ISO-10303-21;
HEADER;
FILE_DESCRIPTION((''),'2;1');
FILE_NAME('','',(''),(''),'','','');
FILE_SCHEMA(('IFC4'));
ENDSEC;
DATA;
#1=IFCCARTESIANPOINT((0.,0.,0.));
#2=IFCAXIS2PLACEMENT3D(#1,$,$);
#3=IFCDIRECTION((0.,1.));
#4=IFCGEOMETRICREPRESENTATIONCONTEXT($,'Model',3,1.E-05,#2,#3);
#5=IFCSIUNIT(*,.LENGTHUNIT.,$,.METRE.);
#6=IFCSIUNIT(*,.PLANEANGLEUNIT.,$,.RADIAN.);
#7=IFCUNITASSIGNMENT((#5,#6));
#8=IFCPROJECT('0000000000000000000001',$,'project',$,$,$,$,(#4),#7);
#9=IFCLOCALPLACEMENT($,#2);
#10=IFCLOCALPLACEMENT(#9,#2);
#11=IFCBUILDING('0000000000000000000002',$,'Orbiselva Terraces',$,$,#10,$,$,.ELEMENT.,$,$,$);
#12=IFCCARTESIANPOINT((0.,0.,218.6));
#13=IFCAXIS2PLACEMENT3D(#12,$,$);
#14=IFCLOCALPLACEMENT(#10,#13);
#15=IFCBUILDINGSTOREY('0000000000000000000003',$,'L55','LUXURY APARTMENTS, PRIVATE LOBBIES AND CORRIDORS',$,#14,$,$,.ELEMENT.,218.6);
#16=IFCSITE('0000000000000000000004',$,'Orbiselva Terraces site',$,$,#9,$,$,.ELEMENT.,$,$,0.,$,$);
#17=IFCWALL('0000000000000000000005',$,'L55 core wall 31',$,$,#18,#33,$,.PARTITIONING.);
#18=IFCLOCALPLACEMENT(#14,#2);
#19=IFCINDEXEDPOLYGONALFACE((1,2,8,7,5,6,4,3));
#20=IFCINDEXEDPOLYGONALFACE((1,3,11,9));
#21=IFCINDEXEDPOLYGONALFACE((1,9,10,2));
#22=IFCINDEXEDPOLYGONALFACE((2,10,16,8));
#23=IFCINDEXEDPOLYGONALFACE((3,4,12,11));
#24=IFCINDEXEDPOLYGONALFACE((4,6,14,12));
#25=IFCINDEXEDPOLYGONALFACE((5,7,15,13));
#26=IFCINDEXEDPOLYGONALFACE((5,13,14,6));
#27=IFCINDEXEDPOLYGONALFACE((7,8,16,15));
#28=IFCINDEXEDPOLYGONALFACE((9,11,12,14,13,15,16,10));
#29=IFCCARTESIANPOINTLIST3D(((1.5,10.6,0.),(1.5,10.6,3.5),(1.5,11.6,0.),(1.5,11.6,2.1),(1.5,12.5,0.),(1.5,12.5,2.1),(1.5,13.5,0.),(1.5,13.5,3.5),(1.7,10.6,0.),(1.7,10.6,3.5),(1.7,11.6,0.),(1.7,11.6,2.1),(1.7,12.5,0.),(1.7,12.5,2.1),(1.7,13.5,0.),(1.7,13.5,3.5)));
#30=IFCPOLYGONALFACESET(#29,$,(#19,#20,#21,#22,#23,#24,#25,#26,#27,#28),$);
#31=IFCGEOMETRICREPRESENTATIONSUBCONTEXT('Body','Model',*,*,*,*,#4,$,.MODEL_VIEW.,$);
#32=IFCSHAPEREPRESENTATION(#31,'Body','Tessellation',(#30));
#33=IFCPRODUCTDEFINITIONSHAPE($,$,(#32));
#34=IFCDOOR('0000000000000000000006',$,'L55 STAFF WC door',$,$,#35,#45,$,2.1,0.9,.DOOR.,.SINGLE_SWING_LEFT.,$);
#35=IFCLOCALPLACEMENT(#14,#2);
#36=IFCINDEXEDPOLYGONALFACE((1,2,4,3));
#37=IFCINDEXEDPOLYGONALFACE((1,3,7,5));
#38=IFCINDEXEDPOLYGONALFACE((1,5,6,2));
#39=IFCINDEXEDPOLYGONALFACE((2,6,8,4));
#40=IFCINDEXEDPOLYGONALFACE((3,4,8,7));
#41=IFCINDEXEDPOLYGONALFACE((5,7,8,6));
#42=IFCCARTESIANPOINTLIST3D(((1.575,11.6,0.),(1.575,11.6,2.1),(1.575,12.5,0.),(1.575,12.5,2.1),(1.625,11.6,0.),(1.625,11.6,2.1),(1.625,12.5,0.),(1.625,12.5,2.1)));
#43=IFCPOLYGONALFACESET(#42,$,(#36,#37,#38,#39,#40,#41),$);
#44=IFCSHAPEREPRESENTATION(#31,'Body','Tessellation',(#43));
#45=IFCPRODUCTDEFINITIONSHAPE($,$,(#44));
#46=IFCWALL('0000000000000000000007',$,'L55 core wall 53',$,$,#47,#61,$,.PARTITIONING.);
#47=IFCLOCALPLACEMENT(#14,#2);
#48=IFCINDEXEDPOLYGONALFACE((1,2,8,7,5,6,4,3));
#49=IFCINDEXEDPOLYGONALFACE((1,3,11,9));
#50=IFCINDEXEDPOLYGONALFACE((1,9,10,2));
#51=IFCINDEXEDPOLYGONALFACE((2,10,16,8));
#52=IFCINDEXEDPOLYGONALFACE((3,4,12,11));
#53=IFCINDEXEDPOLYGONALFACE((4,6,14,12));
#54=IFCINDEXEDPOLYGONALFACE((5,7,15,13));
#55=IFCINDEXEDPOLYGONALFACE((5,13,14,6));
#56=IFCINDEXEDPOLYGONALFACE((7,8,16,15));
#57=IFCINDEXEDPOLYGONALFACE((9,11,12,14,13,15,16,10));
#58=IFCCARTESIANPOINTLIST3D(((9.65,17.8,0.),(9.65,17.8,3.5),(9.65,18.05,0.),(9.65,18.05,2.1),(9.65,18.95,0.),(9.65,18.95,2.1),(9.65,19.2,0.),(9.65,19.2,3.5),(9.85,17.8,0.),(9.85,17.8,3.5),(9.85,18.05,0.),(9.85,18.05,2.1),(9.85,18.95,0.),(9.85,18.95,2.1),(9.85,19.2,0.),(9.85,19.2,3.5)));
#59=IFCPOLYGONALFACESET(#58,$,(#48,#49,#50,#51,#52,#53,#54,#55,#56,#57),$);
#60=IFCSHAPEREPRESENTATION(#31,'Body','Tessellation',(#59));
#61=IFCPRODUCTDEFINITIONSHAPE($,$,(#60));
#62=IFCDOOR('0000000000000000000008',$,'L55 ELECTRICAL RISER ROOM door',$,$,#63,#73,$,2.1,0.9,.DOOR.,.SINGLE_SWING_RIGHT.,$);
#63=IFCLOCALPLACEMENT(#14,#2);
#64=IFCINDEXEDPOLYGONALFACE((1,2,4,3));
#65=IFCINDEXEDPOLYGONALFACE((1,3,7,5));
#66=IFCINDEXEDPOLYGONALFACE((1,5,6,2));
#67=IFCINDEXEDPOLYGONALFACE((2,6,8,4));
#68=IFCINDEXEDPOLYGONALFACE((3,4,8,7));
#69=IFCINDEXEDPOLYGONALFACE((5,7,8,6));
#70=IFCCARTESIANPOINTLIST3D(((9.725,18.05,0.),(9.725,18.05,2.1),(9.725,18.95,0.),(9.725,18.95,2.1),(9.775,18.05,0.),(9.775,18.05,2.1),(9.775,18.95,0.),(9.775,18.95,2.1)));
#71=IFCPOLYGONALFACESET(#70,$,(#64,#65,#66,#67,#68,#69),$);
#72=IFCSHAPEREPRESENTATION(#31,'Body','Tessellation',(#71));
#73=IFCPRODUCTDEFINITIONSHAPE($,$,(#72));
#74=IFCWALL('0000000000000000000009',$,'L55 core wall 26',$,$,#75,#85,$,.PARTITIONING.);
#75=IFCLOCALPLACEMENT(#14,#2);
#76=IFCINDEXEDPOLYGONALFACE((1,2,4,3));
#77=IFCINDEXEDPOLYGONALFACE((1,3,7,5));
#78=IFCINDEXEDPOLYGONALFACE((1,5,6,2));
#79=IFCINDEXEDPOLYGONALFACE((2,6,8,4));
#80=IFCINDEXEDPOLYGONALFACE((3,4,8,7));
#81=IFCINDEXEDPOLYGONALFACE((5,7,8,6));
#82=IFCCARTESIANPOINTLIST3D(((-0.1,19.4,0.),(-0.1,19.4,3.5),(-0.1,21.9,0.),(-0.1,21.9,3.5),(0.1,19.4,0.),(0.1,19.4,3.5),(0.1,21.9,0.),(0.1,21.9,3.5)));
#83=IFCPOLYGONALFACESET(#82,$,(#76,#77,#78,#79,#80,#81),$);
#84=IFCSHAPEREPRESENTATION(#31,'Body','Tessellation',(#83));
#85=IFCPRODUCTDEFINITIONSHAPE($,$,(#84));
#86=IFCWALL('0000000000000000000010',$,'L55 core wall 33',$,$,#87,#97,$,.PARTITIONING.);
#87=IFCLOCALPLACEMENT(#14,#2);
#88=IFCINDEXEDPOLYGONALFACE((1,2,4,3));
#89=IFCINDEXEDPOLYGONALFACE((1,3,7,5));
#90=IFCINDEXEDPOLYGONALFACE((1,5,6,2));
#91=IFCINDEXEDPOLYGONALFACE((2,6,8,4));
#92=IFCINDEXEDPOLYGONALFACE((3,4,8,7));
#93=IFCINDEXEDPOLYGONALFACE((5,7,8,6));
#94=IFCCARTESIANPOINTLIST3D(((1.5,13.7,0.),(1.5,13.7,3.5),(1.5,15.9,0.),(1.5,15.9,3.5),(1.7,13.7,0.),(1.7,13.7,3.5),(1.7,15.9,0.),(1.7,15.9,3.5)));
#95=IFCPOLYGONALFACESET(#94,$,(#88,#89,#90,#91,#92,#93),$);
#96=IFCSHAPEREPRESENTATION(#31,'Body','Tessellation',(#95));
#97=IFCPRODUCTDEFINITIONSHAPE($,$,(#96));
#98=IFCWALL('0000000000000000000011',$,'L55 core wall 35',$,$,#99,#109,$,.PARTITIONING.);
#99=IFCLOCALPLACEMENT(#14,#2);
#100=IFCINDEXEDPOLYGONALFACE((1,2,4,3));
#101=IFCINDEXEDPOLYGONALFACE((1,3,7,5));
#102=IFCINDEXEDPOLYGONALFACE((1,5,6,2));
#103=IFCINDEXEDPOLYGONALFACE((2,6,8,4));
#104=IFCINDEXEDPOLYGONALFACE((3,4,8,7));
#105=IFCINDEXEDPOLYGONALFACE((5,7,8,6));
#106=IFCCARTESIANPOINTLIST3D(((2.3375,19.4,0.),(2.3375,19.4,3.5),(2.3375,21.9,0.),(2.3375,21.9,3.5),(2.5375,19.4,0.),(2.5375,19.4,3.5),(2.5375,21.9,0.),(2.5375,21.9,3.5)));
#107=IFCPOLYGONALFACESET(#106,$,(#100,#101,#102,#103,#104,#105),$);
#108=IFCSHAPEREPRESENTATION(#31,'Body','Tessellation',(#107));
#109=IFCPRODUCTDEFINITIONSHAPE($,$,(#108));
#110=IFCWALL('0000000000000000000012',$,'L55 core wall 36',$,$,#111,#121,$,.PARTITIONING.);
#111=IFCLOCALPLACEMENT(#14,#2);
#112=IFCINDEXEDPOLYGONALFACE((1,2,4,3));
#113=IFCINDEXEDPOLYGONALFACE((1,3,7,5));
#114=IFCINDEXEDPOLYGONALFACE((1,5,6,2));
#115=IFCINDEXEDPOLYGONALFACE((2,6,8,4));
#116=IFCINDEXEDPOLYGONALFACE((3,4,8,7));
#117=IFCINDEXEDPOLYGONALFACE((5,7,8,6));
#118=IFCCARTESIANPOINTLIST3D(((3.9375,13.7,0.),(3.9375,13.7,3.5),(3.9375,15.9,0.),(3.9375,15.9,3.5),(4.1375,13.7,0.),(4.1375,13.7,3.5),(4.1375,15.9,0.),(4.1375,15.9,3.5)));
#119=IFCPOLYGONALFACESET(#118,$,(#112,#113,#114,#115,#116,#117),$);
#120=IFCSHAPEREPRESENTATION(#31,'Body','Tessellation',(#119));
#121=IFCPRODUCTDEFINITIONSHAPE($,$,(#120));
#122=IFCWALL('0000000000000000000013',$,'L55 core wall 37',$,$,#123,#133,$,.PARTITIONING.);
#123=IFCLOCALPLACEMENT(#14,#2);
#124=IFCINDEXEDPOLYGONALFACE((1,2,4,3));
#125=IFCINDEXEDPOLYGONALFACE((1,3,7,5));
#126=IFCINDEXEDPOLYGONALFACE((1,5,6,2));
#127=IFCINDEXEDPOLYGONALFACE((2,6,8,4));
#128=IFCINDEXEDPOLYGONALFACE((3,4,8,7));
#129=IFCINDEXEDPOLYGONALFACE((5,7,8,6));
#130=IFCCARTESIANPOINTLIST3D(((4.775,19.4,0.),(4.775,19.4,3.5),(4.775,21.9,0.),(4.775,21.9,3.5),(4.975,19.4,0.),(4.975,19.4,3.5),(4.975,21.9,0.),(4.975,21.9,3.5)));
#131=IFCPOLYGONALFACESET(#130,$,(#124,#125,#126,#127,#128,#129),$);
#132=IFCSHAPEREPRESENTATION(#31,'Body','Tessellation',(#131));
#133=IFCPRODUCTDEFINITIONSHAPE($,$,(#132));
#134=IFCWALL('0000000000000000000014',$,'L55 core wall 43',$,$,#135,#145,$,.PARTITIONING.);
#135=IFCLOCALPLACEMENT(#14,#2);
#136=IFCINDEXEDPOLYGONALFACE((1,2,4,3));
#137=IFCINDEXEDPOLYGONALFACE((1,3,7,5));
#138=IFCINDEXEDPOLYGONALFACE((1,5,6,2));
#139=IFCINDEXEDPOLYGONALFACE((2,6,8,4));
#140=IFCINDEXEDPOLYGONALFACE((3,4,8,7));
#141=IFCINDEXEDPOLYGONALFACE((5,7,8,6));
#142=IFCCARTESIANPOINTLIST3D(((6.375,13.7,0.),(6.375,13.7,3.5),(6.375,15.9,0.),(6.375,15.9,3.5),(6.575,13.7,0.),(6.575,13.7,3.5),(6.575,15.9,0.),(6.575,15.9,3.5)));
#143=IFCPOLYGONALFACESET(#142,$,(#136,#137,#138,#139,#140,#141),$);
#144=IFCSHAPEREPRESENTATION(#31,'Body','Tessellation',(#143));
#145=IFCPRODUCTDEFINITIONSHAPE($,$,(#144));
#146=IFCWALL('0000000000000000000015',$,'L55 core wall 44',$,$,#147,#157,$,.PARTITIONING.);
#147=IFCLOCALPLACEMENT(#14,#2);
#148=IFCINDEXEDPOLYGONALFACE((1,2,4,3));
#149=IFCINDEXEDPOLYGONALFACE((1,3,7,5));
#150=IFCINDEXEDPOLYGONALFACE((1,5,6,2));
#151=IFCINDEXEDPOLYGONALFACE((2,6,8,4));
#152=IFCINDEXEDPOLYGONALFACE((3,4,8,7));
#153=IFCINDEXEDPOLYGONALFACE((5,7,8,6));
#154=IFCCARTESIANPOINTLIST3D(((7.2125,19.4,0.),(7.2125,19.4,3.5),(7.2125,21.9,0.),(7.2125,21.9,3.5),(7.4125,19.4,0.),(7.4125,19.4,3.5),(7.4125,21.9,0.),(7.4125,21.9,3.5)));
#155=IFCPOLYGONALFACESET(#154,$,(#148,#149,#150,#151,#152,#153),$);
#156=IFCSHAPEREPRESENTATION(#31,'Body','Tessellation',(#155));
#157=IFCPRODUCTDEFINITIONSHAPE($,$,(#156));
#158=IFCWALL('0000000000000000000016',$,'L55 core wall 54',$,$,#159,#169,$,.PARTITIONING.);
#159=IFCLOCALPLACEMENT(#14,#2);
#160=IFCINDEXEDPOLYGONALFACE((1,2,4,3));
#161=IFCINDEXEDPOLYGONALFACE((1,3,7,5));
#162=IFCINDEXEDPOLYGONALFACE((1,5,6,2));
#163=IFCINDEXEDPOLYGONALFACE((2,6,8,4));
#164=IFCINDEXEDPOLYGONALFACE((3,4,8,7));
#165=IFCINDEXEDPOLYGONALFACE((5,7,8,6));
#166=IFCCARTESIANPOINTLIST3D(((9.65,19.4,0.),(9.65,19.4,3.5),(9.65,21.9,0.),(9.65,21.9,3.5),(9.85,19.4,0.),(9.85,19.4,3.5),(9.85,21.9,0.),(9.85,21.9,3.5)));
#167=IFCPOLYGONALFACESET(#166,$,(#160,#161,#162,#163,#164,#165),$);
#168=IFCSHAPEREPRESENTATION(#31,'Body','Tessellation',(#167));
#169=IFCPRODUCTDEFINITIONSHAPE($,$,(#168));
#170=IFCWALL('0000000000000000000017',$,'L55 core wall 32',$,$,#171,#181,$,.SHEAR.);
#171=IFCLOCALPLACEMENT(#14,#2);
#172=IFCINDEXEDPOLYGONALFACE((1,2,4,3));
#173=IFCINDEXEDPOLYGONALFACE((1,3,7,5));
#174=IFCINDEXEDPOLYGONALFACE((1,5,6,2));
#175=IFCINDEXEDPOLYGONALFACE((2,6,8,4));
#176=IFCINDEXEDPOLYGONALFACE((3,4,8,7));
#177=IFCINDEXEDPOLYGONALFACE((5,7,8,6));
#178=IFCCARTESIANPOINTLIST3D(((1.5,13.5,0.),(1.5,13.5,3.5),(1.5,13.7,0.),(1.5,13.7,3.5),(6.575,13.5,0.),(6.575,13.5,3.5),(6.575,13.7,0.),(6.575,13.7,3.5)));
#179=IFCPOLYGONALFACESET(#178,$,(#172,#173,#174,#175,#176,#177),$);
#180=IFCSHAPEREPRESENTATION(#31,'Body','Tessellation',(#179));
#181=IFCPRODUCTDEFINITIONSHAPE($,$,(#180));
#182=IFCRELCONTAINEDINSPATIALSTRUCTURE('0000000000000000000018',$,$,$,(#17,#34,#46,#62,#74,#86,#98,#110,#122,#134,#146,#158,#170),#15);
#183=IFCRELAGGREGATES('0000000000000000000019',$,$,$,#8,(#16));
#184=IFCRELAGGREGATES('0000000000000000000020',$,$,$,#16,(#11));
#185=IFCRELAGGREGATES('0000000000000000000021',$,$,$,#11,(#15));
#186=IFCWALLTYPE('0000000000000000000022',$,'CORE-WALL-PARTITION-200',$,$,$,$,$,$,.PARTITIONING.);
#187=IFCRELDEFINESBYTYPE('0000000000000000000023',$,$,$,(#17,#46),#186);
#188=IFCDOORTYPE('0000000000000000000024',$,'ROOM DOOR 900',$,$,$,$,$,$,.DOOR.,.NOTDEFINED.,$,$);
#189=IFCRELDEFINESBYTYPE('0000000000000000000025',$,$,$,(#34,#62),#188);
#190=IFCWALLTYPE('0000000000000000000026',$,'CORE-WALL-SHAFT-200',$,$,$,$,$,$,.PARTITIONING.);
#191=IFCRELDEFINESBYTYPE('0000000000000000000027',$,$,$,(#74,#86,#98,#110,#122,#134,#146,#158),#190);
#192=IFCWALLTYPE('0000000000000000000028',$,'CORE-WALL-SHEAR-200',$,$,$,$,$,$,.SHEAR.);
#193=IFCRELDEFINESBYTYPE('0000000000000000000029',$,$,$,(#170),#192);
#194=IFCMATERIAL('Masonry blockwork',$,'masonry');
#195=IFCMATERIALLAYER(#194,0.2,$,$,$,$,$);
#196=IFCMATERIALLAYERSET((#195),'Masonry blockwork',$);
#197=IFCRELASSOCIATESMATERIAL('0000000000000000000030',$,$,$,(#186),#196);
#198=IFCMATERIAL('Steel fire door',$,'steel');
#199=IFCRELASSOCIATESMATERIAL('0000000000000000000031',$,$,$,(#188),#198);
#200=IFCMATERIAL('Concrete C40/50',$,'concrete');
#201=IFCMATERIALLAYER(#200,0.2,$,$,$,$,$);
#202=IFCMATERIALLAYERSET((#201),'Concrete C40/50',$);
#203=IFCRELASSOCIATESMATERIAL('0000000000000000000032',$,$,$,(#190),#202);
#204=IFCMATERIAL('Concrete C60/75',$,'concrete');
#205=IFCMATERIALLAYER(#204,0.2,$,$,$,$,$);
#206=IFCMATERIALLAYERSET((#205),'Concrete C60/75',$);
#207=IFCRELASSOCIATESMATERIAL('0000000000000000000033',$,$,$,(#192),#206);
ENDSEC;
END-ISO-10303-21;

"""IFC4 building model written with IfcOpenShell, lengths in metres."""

from ifc_helpers import new_model, si_unit, direction, frame, frame_2d, origin, place, context, subcontext, project, spatial, rectangle, extrude, material, layer, layer_set, type_object, element, fill, save


model = new_model("IFC4")

# Units and contexts
model_context = context("Model", 3, precision=1e-05, world=origin(), true_north=direction((0.0, 1.0)))
body_context = subcontext(model_context, "Body", "Model", "MODEL_VIEW")
ifc_project = project(units=[si_unit("LENGTHUNIT", "METRE"), si_unit("PLANEANGLEUNIT", "RADIAN")], contexts=[model_context])

# Site, building, storey
site_placement = place(None, origin())
site = spatial("IfcSite", under=ifc_project, at=site_placement, Name="Orbiselva Terraces site", CompositionType="ELEMENT", RefElevation=0.0)
building_placement = place(site_placement, origin())
building = spatial("IfcBuilding", under=site, at=building_placement, Name="Orbiselva Terraces", CompositionType="ELEMENT")
storey_placement = place(building_placement, frame((0.0, 0.0, 218.6)))
storey = spatial("IfcBuildingStorey", under=building, at=storey_placement, Name="L55", Description="LUXURY APARTMENTS, PRIVATE LOBBIES AND CORRIDORS", CompositionType="ELEMENT", Elevation=218.6)

# Walls, openings, doors
ifc_material_1 = material(Name="Masonry blockwork", Category="masonry")
ifc_layer_1 = layer(ifc_material_1, 0.2)
ifc_layer_set_1 = layer_set([ifc_layer_1], Name="Masonry blockwork")
wall_type_1 = type_object("IfcWallType", Name="CORE-WALL-PARTITION-200", PredefinedType="PARTITIONING", material=ifc_layer_set_1)
wall_1_placement = place(storey_placement, frame((1.6, 13.5, 0.0), z_axis=(0.0, 0.0, 1.0), x_axis=(0.0, -1.0, 0.0)))
wall_1 = element("IfcWall", 1, at=wall_1_placement, inside=storey, type_object=wall_type_1, Name="L55 core wall 31", PredefinedType="PARTITIONING", context=body_context, shape_type="SweptSolid", body=[
    extrude(rectangle(XDim=2.9, YDim=0.2, at=frame_2d((1.45, 0.0))), origin(), (0.0, 0.0, 1.0), 3.5),
])
opening_1_placement = place(wall_1_placement, frame((1.0, 0.0, 0.0)))
opening_1 = element("IfcOpeningElement", 2, at=opening_1_placement, cuts=wall_1, PredefinedType="OPENING", context=body_context, shape_type="SweptSolid", body=[
    extrude(rectangle(XDim=0.9, YDim=2.1, at=frame_2d((0.45, 1.05))), frame((0.0, 0.11, 0.0), z_axis=(0.0, -1.0, 0.0), x_axis=(1.0, 0.0, 0.0)), (0.0, 0.0, 1.0), 0.22),
])
ifc_material_2 = material(Name="Steel fire door", Category="steel")
door_type_1 = type_object("IfcDoorType", Name="ROOM DOOR 900", OperationType="NOTDEFINED", PredefinedType="DOOR", material=ifc_material_2)
door_1_placement = place(opening_1_placement, origin())
door_1 = element("IfcDoor", 3, at=door_1_placement, inside=storey, type_object=door_type_1, Name="L55 STAFF WC door", OperationType="SINGLE_SWING_LEFT", OverallHeight=2.1, OverallWidth=0.9, PredefinedType="DOOR", context=body_context, shape_type="SweptSolid", body=[
    extrude(rectangle(XDim=0.9, YDim=2.1, at=frame_2d((0.45, 1.05))), frame((0.0, 0.025, 0.0), z_axis=(0.0, -1.0, 0.0), x_axis=(1.0, 0.0, 0.0)), (0.0, 0.0, 1.0), 0.05),
])
fill(opening_1, door_1)
wall_2_placement = place(storey_placement, frame((9.75, 19.2, 0.0), z_axis=(0.0, 0.0, 1.0), x_axis=(0.0, -1.0, 0.0)))
wall_2 = element("IfcWall", 4, at=wall_2_placement, inside=storey, type_object=wall_type_1, Name="L55 core wall 53", PredefinedType="PARTITIONING", context=body_context, shape_type="SweptSolid", body=[
    extrude(rectangle(XDim=1.4, YDim=0.2, at=frame_2d((0.7, 0.0))), origin(), (0.0, 0.0, 1.0), 3.5),
])
opening_2_placement = place(wall_2_placement, frame((0.25, 0.0, 0.0)))
opening_2 = element("IfcOpeningElement", 5, at=opening_2_placement, cuts=wall_2, PredefinedType="OPENING", context=body_context, shape_type="SweptSolid", body=[
    extrude(rectangle(XDim=0.9, YDim=2.1, at=frame_2d((0.45, 1.05))), frame((0.0, 0.11, 0.0), z_axis=(0.0, -1.0, 0.0), x_axis=(1.0, 0.0, 0.0)), (0.0, 0.0, 1.0), 0.22),
])
door_2_placement = place(opening_2_placement, origin())
door_2 = element("IfcDoor", 6, at=door_2_placement, inside=storey, type_object=door_type_1, Name="L55 ELECTRICAL RISER ROOM door", OperationType="SINGLE_SWING_RIGHT", OverallHeight=2.1, OverallWidth=0.9, PredefinedType="DOOR", context=body_context, shape_type="SweptSolid", body=[
    extrude(rectangle(XDim=0.9, YDim=2.1, at=frame_2d((0.45, 1.05))), frame((0.0, 0.025, 0.0), z_axis=(0.0, -1.0, 0.0), x_axis=(1.0, 0.0, 0.0)), (0.0, 0.0, 1.0), 0.05),
])
fill(opening_2, door_2)

# Walls
ifc_material_3 = material(Name="Concrete C40/50", Category="concrete")
ifc_layer_2 = layer(ifc_material_3, 0.2)
ifc_layer_set_2 = layer_set([ifc_layer_2], Name="Concrete C40/50")
wall_type_2 = type_object("IfcWallType", Name="CORE-WALL-SHAFT-200", PredefinedType="PARTITIONING", material=ifc_layer_set_2)
wall_3_placement = place(storey_placement, frame((0.0, 19.4, 0.0), z_axis=(0.0, 0.0, 1.0), x_axis=(0.0, 1.0, 0.0)))
element("IfcWall", 7, at=wall_3_placement, inside=storey, type_object=wall_type_2, Name="L55 core wall 26", PredefinedType="PARTITIONING", context=body_context, shape_type="SweptSolid", body=[
    extrude(rectangle(XDim=2.5, YDim=0.2, at=frame_2d((1.25, 0.0))), origin(), (0.0, 0.0, 1.0), 3.5),
])
wall_4_placement = place(storey_placement, frame((1.6, 13.7, 0.0), z_axis=(0.0, 0.0, 1.0), x_axis=(0.0, 1.0, 0.0)))
element("IfcWall", 8, at=wall_4_placement, inside=storey, type_object=wall_type_2, Name="L55 core wall 33", PredefinedType="PARTITIONING", context=body_context, shape_type="SweptSolid", body=[
    extrude(rectangle(XDim=2.2, YDim=0.2, at=frame_2d((1.1, 0.0))), origin(), (0.0, 0.0, 1.0), 3.5),
])
wall_5_placement = place(storey_placement, frame((2.4375, 19.4, 0.0), z_axis=(0.0, 0.0, 1.0), x_axis=(0.0, 1.0, 0.0)))
element("IfcWall", 9, at=wall_5_placement, inside=storey, type_object=wall_type_2, Name="L55 core wall 35", PredefinedType="PARTITIONING", context=body_context, shape_type="SweptSolid", body=[
    extrude(rectangle(XDim=2.5, YDim=0.2, at=frame_2d((1.25, 0.0))), origin(), (0.0, 0.0, 1.0), 3.5),
])
wall_6_placement = place(storey_placement, frame((4.0375, 13.7, 0.0), z_axis=(0.0, 0.0, 1.0), x_axis=(0.0, 1.0, 0.0)))
element("IfcWall", 10, at=wall_6_placement, inside=storey, type_object=wall_type_2, Name="L55 core wall 36", PredefinedType="PARTITIONING", context=body_context, shape_type="SweptSolid", body=[
    extrude(rectangle(XDim=2.2, YDim=0.2, at=frame_2d((1.1, 0.0))), origin(), (0.0, 0.0, 1.0), 3.5),
])
wall_7_placement = place(storey_placement, frame((4.875, 19.4, 0.0), z_axis=(0.0, 0.0, 1.0), x_axis=(0.0, 1.0, 0.0)))
element("IfcWall", 11, at=wall_7_placement, inside=storey, type_object=wall_type_2, Name="L55 core wall 37", PredefinedType="PARTITIONING", context=body_context, shape_type="SweptSolid", body=[
    extrude(rectangle(XDim=2.5, YDim=0.2, at=frame_2d((1.25, 0.0))), origin(), (0.0, 0.0, 1.0), 3.5),
])
wall_8_placement = place(storey_placement, frame((6.475, 13.7, 0.0), z_axis=(0.0, 0.0, 1.0), x_axis=(0.0, 1.0, 0.0)))
element("IfcWall", 12, at=wall_8_placement, inside=storey, type_object=wall_type_2, Name="L55 core wall 43", PredefinedType="PARTITIONING", context=body_context, shape_type="SweptSolid", body=[
    extrude(rectangle(XDim=2.2, YDim=0.2, at=frame_2d((1.1, 0.0))), origin(), (0.0, 0.0, 1.0), 3.5),
])
for number, where, z_axis, x_axis, name in (
    (13, (7.3125, 19.4, 0.0), (0.0, 0.0, 1.0), (0.0, 1.0, 0.0), "L55 core wall 44"),
    (14, (9.75, 19.4, 0.0), (0.0, 0.0, 1.0), (0.0, 1.0, 0.0), "L55 core wall 54"),
):
    element("IfcWall", number, at=place(storey_placement, frame(where, z_axis=z_axis, x_axis=x_axis)), inside=storey, type_object=wall_type_2, Name=name, PredefinedType="PARTITIONING", context=body_context, shape_type="SweptSolid", body=[
        extrude(rectangle(XDim=2.5, YDim=0.2, at=frame_2d((1.25, 0.0))), origin(), (0.0, 0.0, 1.0), 3.5),
    ])
ifc_material_4 = material(Name="Concrete C60/75", Category="concrete")
ifc_layer_3 = layer(ifc_material_4, 0.2)
ifc_layer_set_3 = layer_set([ifc_layer_3], Name="Concrete C60/75")
wall_type_3 = type_object("IfcWallType", Name="CORE-WALL-SHEAR-200", PredefinedType="SHEAR", material=ifc_layer_set_3)
wall_9_placement = place(storey_placement, frame((1.5, 13.6, 0.0), z_axis=(0.0, 0.0, 1.0), x_axis=(1.0, 0.0, 0.0)))
element("IfcWall", 15, at=wall_9_placement, inside=storey, type_object=wall_type_3, Name="L55 core wall 32", PredefinedType="SHEAR", context=body_context, shape_type="SweptSolid", body=[
    extrude(rectangle(XDim=5.075, YDim=0.2, at=frame_2d((2.5375, 0.0))), origin(), (0.0, 0.0, 1.0), 3.5),
])

save(model, "model.ifc")
